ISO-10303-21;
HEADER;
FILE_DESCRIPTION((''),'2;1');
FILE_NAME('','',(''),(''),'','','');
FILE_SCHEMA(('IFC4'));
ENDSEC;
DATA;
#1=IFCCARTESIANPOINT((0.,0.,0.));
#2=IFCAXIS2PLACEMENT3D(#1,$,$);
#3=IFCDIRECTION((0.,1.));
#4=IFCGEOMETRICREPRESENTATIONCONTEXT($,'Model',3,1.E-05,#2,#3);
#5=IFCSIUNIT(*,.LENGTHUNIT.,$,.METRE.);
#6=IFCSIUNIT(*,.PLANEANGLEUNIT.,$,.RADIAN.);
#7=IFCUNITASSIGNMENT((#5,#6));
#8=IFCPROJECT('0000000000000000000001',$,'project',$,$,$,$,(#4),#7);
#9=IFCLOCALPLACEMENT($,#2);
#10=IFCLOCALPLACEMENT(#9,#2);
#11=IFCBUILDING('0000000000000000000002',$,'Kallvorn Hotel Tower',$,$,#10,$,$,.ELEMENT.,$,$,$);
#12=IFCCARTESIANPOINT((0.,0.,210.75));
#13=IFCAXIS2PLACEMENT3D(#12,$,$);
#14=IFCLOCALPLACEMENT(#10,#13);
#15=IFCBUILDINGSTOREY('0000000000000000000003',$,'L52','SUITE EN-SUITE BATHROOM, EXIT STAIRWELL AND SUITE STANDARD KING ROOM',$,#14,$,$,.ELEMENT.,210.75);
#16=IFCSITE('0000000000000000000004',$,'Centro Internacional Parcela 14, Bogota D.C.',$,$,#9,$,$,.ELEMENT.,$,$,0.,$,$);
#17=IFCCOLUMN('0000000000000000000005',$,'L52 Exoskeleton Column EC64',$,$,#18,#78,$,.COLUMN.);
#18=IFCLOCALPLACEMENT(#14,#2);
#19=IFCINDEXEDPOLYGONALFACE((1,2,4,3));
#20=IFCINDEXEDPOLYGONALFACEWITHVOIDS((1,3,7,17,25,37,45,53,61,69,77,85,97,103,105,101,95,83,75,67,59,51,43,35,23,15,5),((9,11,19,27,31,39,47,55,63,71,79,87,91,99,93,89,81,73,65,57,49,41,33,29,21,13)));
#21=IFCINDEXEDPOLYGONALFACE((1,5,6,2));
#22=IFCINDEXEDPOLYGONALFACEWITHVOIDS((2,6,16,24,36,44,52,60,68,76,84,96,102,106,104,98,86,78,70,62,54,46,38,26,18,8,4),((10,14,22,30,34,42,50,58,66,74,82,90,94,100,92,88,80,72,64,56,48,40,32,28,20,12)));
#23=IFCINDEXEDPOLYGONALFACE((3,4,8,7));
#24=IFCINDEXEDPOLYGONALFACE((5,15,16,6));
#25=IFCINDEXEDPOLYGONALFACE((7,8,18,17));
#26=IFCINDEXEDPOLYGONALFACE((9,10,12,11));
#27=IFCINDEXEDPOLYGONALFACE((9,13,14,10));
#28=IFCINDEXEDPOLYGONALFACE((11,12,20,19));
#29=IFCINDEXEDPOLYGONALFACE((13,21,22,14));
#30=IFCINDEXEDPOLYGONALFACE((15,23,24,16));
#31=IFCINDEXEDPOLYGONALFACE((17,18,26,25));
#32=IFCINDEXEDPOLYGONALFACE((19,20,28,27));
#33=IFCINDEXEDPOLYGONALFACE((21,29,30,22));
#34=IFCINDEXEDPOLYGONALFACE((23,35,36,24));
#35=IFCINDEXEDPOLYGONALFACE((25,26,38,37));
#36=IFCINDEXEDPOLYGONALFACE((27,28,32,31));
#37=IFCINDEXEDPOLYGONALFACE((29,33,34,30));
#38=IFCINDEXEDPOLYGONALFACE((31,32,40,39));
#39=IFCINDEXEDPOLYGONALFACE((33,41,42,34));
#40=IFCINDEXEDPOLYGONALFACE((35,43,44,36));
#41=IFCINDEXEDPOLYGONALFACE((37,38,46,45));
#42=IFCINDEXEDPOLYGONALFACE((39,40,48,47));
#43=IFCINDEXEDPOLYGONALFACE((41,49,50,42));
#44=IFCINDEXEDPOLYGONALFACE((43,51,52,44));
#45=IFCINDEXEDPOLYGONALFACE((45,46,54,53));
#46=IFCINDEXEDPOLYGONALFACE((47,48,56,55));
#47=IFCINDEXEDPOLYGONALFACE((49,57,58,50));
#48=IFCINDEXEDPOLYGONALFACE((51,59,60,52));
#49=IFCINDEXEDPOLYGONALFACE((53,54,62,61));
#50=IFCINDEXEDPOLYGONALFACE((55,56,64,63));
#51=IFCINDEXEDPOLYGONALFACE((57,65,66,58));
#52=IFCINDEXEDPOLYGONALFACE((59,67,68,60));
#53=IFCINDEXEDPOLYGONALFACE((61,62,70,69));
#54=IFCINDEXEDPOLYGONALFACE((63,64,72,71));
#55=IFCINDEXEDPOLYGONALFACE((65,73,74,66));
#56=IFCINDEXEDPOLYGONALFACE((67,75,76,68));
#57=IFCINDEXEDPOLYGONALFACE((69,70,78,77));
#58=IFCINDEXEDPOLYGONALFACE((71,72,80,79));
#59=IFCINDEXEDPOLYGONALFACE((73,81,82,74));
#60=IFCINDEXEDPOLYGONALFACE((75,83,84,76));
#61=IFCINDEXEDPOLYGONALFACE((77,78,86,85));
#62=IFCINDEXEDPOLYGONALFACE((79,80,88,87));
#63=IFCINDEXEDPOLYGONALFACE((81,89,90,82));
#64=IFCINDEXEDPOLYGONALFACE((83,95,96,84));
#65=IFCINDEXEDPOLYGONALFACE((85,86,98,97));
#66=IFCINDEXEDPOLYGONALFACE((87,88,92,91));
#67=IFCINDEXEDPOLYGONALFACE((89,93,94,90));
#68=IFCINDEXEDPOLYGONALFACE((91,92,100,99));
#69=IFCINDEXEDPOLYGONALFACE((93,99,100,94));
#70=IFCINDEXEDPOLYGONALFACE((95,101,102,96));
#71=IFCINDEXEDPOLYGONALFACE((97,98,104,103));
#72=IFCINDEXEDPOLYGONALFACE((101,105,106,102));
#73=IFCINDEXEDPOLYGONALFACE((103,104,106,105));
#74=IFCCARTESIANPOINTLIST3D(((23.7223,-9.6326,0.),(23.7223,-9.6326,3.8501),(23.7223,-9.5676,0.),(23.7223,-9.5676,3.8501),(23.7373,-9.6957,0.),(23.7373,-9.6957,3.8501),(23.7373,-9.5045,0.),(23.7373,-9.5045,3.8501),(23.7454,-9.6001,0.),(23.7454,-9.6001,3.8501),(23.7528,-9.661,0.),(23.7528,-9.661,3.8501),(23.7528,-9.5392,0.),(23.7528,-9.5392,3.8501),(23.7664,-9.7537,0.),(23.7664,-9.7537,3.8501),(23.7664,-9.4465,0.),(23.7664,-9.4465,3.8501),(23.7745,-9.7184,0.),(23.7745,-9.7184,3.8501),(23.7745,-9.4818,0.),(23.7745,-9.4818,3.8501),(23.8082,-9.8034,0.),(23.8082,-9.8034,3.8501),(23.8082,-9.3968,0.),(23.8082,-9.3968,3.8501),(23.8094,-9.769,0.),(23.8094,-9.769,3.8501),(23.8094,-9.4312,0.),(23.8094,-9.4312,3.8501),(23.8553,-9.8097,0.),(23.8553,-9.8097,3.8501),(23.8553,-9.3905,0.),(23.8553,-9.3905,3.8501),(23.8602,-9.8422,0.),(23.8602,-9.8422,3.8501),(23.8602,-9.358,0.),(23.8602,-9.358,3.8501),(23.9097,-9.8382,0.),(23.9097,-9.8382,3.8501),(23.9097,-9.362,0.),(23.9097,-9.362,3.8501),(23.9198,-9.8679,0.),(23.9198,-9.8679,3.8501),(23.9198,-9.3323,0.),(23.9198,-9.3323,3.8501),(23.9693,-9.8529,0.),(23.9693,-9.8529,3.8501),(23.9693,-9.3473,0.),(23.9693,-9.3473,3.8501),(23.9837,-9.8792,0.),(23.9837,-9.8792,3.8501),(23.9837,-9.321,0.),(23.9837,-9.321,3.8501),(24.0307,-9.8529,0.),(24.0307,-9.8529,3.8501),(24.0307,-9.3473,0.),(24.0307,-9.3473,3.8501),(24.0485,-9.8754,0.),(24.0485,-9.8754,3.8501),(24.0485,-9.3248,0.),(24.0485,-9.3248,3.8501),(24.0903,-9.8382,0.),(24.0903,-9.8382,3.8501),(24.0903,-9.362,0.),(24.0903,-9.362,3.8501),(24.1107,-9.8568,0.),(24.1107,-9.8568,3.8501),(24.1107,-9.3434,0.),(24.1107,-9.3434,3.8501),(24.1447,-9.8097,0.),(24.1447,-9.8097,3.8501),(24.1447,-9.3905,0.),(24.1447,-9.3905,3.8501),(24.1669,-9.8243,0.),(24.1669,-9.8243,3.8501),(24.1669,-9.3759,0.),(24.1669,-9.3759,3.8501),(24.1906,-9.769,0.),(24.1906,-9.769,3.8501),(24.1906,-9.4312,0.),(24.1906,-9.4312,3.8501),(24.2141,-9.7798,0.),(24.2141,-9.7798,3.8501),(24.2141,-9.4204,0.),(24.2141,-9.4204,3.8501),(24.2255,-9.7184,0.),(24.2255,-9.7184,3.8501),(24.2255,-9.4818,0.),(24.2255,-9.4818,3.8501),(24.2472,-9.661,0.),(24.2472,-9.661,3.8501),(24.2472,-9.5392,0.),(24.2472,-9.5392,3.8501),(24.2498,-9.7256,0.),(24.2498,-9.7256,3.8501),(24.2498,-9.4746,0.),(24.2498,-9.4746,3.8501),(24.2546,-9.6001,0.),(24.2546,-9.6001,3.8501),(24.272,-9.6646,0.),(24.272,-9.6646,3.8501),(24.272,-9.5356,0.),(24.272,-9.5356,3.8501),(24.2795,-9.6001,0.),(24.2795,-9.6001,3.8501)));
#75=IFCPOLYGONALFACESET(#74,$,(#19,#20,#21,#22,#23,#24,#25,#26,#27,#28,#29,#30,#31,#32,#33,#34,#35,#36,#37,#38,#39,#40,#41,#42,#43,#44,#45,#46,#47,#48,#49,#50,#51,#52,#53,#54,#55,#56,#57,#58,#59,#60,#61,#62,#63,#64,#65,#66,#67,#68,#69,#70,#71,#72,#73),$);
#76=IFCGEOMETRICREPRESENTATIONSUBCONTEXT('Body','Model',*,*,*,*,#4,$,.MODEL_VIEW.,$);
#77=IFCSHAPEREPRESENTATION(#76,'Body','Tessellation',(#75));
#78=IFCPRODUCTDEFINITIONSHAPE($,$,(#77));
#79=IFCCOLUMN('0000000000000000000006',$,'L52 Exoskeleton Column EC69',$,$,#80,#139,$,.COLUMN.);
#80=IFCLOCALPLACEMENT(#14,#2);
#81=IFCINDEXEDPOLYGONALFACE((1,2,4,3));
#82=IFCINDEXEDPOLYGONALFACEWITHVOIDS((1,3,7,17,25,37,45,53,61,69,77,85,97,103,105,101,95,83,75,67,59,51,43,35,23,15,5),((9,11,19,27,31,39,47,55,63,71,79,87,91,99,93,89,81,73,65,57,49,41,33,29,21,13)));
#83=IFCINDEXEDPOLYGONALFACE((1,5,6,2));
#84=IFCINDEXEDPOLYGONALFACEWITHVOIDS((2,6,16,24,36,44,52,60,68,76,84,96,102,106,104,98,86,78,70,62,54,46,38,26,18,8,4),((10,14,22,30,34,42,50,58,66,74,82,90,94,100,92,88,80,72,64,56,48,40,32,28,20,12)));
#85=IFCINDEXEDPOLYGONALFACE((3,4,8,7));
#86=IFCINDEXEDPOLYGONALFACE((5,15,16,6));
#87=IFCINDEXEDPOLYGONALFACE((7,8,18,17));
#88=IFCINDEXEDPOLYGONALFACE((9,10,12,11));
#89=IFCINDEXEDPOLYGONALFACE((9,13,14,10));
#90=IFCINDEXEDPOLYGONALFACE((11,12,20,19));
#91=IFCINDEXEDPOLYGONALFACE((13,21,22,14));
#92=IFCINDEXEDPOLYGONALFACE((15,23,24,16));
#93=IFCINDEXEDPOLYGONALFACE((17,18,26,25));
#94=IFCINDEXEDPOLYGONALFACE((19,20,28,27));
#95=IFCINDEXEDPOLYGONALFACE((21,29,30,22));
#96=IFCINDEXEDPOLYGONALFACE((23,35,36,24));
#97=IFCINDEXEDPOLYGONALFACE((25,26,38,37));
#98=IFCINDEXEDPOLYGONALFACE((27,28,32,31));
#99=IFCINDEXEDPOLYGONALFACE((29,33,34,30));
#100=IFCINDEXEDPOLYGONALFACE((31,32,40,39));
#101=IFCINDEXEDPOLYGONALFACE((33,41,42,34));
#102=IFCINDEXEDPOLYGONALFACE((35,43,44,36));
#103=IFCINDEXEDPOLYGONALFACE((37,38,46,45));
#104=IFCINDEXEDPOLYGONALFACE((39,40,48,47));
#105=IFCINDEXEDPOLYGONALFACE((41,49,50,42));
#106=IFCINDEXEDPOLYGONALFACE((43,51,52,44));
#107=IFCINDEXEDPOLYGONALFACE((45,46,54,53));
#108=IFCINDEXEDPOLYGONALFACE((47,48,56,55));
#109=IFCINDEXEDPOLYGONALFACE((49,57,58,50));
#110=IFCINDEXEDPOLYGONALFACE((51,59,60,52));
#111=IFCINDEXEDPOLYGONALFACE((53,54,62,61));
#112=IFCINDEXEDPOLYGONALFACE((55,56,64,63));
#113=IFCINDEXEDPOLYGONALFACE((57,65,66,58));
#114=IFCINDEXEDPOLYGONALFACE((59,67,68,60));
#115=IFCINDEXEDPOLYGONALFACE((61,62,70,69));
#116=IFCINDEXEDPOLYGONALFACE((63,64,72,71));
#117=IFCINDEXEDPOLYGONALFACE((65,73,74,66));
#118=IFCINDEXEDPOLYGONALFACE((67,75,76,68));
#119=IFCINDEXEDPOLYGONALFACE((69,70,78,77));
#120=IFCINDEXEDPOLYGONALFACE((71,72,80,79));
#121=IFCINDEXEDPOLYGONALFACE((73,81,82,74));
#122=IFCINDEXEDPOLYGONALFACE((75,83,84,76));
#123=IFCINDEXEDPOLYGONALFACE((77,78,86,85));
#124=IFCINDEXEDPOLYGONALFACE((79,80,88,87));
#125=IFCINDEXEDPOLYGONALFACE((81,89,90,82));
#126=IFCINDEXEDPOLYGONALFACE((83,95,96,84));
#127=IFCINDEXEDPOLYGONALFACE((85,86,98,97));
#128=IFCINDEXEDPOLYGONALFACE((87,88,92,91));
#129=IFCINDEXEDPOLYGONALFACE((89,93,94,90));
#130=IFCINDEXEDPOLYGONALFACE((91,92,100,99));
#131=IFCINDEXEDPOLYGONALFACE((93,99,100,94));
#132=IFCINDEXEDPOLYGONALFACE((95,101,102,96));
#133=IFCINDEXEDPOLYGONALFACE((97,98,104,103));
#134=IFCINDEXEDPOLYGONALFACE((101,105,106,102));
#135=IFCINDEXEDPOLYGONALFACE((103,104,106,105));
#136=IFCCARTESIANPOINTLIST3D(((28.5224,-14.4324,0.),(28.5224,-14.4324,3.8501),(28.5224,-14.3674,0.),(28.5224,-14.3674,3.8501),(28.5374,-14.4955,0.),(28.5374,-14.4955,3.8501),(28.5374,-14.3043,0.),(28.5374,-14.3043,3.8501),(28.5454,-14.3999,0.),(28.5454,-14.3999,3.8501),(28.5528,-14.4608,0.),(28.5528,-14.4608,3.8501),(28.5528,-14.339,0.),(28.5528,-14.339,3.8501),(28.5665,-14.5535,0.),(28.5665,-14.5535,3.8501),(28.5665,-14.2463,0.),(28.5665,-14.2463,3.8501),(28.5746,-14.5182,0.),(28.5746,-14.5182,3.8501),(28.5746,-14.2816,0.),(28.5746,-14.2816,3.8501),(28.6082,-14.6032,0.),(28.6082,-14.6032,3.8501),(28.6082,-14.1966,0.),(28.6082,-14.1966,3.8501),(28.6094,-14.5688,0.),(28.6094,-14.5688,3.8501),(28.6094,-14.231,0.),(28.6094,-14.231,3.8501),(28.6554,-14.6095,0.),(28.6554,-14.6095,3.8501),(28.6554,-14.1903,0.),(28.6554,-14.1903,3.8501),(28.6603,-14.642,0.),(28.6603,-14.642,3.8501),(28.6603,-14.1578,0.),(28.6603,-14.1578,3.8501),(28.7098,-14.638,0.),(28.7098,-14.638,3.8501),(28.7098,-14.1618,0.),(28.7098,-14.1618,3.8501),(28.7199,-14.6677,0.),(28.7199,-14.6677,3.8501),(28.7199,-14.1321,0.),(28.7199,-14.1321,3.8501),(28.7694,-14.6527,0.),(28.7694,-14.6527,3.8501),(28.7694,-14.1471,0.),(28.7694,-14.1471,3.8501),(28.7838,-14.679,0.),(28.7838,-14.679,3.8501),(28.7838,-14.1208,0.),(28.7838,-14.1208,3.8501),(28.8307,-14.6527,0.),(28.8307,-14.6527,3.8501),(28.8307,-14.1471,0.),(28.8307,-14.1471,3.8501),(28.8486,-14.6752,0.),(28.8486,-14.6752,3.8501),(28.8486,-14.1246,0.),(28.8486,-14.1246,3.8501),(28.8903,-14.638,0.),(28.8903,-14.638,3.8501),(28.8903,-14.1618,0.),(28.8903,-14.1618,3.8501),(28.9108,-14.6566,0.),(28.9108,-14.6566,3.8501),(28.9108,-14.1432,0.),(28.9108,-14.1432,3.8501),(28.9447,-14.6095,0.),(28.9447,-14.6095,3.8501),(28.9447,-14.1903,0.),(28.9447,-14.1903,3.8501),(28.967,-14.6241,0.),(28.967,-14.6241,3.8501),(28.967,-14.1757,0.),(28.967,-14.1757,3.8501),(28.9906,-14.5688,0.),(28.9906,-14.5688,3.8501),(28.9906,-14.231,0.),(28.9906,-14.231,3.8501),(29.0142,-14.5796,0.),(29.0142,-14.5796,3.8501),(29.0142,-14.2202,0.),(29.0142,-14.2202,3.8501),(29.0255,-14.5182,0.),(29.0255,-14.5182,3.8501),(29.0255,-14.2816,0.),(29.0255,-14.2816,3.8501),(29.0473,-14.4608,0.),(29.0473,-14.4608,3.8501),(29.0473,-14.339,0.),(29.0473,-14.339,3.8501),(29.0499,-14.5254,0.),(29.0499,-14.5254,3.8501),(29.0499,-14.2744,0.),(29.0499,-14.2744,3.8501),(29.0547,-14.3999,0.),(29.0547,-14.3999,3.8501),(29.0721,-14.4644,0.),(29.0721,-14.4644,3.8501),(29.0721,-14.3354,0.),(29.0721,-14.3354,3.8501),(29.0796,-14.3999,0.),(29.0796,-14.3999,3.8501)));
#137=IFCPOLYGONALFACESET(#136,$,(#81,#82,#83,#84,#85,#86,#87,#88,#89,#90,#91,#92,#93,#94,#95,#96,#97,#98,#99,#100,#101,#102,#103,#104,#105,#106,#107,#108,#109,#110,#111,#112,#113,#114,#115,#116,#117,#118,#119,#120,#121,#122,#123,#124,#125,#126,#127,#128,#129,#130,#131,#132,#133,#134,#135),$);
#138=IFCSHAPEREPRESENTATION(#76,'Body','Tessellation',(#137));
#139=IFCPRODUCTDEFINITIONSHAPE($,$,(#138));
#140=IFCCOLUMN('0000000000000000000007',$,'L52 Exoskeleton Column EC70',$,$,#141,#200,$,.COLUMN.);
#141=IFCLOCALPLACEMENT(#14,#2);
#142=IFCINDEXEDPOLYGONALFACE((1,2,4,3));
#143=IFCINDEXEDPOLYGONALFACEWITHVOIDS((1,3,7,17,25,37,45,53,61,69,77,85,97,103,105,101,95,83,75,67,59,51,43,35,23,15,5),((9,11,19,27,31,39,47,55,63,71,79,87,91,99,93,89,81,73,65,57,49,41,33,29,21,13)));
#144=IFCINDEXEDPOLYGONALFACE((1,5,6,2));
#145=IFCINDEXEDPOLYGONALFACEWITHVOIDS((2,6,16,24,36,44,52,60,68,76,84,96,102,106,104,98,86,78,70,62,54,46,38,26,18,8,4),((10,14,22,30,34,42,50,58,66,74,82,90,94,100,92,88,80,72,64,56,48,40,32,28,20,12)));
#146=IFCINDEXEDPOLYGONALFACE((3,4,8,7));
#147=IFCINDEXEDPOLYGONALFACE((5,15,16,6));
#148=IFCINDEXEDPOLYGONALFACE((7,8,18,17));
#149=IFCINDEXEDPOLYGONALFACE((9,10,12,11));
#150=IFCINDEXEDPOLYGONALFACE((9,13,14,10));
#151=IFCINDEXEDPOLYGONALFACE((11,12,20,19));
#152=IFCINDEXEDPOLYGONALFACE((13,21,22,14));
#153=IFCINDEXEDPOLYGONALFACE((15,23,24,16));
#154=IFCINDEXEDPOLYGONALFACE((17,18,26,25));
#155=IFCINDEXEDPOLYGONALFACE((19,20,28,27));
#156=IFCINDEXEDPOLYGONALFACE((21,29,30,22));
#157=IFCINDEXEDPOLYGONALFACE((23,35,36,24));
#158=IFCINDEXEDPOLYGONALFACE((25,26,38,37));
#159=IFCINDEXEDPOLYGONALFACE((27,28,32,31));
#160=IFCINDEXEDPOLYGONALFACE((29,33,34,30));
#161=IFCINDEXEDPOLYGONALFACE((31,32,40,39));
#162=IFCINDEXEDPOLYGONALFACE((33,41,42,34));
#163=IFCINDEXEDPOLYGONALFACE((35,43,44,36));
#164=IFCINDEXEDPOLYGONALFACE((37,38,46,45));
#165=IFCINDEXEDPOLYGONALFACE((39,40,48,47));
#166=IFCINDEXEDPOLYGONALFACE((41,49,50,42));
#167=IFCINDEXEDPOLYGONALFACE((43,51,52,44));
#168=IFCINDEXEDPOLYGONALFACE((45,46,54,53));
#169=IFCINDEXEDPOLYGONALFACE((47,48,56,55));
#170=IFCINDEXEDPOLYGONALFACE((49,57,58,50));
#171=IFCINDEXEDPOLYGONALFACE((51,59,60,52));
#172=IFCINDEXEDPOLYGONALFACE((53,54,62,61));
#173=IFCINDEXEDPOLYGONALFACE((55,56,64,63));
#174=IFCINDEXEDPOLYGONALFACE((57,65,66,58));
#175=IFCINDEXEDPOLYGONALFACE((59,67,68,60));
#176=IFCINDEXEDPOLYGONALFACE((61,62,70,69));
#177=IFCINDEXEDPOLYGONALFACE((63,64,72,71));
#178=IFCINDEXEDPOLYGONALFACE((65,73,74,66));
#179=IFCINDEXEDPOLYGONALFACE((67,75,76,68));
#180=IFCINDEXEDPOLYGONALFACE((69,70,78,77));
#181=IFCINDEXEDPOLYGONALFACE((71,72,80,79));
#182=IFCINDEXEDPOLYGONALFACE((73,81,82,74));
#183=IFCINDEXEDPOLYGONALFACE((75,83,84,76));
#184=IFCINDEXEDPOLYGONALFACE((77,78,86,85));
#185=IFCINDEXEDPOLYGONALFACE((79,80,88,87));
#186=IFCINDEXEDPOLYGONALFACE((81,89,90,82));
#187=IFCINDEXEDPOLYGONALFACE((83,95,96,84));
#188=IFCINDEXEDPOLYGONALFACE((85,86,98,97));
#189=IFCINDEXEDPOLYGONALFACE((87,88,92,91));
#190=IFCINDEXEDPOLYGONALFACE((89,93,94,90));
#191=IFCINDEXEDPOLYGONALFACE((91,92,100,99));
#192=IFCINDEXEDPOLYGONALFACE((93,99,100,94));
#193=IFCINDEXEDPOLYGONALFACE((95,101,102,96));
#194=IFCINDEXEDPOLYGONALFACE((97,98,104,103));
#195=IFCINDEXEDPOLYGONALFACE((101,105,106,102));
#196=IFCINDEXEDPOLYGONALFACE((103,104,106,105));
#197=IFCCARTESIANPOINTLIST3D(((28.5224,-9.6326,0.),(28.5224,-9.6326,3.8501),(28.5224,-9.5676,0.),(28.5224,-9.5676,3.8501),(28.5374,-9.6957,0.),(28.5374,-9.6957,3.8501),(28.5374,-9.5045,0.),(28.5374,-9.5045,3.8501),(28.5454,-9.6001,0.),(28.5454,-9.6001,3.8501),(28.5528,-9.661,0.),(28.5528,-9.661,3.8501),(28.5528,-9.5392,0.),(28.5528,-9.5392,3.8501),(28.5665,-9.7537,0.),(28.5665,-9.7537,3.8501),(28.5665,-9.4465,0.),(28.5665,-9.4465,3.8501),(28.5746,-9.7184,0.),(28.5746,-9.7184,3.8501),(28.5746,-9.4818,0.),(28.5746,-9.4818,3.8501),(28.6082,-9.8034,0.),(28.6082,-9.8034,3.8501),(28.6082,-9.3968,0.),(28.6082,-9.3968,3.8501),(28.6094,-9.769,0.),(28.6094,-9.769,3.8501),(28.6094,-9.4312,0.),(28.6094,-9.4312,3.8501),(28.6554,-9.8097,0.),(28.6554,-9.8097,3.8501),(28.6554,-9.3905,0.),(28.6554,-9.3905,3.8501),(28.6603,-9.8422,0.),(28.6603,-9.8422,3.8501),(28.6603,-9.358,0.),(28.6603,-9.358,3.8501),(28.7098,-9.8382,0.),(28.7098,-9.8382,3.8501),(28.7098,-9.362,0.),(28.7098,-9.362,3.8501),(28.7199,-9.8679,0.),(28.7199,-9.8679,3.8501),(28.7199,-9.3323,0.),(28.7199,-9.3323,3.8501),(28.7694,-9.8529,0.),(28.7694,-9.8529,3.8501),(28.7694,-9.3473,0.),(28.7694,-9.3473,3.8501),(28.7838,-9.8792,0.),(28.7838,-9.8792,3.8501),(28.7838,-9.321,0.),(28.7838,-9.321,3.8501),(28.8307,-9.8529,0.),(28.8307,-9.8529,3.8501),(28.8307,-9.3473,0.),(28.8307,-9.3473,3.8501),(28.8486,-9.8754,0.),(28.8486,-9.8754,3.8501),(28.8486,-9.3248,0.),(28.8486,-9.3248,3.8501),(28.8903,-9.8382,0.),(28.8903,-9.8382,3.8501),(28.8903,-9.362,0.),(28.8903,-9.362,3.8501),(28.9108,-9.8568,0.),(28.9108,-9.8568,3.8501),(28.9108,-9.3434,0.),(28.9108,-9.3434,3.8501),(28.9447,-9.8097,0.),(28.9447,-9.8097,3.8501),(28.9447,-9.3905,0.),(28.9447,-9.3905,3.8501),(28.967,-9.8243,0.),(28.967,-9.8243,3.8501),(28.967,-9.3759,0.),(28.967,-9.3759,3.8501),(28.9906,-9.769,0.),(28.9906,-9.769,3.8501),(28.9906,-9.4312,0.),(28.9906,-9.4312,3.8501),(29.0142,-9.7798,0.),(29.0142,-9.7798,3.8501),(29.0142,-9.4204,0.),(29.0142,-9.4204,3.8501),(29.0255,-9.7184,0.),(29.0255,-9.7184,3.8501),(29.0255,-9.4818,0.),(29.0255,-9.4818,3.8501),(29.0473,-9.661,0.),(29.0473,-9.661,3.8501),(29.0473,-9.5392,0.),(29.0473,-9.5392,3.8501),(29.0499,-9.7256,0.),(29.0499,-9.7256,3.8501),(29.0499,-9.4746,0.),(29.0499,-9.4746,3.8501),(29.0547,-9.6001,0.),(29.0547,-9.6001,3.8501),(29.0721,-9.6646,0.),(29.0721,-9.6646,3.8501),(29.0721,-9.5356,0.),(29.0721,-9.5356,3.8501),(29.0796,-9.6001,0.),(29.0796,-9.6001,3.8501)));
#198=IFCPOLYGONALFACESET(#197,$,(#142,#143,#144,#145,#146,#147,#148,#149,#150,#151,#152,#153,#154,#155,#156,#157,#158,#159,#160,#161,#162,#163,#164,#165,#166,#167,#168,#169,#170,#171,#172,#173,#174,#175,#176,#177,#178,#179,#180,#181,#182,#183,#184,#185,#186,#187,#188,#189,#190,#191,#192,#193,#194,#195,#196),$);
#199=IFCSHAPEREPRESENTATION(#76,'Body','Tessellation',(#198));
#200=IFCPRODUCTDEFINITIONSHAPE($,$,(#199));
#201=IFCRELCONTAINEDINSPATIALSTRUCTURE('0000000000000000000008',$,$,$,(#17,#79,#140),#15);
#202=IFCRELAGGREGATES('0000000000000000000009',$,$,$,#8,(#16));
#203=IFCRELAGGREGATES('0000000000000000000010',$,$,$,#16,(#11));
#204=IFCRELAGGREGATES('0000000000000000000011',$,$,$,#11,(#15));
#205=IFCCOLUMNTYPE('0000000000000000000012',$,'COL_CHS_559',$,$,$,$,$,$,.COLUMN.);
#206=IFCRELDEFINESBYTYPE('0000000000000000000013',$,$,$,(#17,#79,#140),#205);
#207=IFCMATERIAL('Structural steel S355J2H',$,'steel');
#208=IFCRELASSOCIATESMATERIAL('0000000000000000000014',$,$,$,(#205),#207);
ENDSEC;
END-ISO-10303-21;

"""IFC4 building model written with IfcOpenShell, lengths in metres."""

from ifc_helpers import new_model, si_unit, direction, frame, origin, origin_2d, place, context, subcontext, project, spatial, hollow_circle, extrude, material, material_profile, profile_set, type_object, element, save


model = new_model("IFC4")

# Units and contexts
model_context = context("Model", 3, precision=1e-05, world=origin(), true_north=direction((0.0, 1.0)))
body_context = subcontext(model_context, "Body", "Model", "MODEL_VIEW")
ifc_project = project(units=[si_unit("LENGTHUNIT", "METRE"), si_unit("PLANEANGLEUNIT", "RADIAN")], contexts=[model_context])

# Site, building, storey
site_placement = place(None, origin())
site = spatial("IfcSite", under=ifc_project, at=site_placement, Name="Centro Internacional Parcela 14, Bogota D.C.", CompositionType="ELEMENT", RefElevation=0.0)
building_placement = place(site_placement, origin())
building = spatial("IfcBuilding", under=site, at=building_placement, Name="Kallvorn Hotel Tower", CompositionType="ELEMENT")
storey_placement = place(building_placement, frame((0.0, 0.0, 210.75)))
storey = spatial("IfcBuildingStorey", under=building, at=storey_placement, Name="L52", Description="SUITE EN-SUITE BATHROOM, EXIT STAIRWELL AND SUITE STANDARD KING ROOM", CompositionType="ELEMENT", Elevation=210.75)

# Columns
ifc_material_1 = material(Name="Structural steel S355J2H", Category="steel")
ifc_material_profile_1 = material_profile(ifc_material_1, hollow_circle(Radius=0.2795, WallThickness=0.0249, at=origin_2d()), Name="CHS 559x25")
ifc_profile_set_1 = profile_set([ifc_material_profile_1], Name="Structural steel S355J2H")
column_type_1 = type_object("IfcColumnType", Name="COL_CHS_559", PredefinedType="COLUMN", material=ifc_profile_set_1)
for number, where, z_axis, x_axis, name in (
    (1, (24.0, -9.6001, 0.0), (0.0, 0.0, 1.0), (1.0, 0.0, 0.0), "L52 Exoskeleton Column EC64"),
    (2, (28.8, -14.3999, 0.0), (0.0, 0.0, 1.0), (1.0, 0.0, 0.0), "L52 Exoskeleton Column EC69"),
    (3, (28.8, -9.6001, 0.0), (0.0, 0.0, 1.0), (1.0, 0.0, 0.0), "L52 Exoskeleton Column EC70"),
):
    element("IfcColumn", number, at=place(storey_placement, frame(where, z_axis=z_axis, x_axis=x_axis)), inside=storey, type_object=column_type_1, Name=name, PredefinedType="COLUMN", context=body_context, shape_type="SweptSolid", body=[
        extrude(hollow_circle(Radius=0.2795, WallThickness=0.0249, at=origin_2d()), origin(), (0.0, 0.0, 1.0), 3.8501),
    ])

save(model, "model.ifc")
